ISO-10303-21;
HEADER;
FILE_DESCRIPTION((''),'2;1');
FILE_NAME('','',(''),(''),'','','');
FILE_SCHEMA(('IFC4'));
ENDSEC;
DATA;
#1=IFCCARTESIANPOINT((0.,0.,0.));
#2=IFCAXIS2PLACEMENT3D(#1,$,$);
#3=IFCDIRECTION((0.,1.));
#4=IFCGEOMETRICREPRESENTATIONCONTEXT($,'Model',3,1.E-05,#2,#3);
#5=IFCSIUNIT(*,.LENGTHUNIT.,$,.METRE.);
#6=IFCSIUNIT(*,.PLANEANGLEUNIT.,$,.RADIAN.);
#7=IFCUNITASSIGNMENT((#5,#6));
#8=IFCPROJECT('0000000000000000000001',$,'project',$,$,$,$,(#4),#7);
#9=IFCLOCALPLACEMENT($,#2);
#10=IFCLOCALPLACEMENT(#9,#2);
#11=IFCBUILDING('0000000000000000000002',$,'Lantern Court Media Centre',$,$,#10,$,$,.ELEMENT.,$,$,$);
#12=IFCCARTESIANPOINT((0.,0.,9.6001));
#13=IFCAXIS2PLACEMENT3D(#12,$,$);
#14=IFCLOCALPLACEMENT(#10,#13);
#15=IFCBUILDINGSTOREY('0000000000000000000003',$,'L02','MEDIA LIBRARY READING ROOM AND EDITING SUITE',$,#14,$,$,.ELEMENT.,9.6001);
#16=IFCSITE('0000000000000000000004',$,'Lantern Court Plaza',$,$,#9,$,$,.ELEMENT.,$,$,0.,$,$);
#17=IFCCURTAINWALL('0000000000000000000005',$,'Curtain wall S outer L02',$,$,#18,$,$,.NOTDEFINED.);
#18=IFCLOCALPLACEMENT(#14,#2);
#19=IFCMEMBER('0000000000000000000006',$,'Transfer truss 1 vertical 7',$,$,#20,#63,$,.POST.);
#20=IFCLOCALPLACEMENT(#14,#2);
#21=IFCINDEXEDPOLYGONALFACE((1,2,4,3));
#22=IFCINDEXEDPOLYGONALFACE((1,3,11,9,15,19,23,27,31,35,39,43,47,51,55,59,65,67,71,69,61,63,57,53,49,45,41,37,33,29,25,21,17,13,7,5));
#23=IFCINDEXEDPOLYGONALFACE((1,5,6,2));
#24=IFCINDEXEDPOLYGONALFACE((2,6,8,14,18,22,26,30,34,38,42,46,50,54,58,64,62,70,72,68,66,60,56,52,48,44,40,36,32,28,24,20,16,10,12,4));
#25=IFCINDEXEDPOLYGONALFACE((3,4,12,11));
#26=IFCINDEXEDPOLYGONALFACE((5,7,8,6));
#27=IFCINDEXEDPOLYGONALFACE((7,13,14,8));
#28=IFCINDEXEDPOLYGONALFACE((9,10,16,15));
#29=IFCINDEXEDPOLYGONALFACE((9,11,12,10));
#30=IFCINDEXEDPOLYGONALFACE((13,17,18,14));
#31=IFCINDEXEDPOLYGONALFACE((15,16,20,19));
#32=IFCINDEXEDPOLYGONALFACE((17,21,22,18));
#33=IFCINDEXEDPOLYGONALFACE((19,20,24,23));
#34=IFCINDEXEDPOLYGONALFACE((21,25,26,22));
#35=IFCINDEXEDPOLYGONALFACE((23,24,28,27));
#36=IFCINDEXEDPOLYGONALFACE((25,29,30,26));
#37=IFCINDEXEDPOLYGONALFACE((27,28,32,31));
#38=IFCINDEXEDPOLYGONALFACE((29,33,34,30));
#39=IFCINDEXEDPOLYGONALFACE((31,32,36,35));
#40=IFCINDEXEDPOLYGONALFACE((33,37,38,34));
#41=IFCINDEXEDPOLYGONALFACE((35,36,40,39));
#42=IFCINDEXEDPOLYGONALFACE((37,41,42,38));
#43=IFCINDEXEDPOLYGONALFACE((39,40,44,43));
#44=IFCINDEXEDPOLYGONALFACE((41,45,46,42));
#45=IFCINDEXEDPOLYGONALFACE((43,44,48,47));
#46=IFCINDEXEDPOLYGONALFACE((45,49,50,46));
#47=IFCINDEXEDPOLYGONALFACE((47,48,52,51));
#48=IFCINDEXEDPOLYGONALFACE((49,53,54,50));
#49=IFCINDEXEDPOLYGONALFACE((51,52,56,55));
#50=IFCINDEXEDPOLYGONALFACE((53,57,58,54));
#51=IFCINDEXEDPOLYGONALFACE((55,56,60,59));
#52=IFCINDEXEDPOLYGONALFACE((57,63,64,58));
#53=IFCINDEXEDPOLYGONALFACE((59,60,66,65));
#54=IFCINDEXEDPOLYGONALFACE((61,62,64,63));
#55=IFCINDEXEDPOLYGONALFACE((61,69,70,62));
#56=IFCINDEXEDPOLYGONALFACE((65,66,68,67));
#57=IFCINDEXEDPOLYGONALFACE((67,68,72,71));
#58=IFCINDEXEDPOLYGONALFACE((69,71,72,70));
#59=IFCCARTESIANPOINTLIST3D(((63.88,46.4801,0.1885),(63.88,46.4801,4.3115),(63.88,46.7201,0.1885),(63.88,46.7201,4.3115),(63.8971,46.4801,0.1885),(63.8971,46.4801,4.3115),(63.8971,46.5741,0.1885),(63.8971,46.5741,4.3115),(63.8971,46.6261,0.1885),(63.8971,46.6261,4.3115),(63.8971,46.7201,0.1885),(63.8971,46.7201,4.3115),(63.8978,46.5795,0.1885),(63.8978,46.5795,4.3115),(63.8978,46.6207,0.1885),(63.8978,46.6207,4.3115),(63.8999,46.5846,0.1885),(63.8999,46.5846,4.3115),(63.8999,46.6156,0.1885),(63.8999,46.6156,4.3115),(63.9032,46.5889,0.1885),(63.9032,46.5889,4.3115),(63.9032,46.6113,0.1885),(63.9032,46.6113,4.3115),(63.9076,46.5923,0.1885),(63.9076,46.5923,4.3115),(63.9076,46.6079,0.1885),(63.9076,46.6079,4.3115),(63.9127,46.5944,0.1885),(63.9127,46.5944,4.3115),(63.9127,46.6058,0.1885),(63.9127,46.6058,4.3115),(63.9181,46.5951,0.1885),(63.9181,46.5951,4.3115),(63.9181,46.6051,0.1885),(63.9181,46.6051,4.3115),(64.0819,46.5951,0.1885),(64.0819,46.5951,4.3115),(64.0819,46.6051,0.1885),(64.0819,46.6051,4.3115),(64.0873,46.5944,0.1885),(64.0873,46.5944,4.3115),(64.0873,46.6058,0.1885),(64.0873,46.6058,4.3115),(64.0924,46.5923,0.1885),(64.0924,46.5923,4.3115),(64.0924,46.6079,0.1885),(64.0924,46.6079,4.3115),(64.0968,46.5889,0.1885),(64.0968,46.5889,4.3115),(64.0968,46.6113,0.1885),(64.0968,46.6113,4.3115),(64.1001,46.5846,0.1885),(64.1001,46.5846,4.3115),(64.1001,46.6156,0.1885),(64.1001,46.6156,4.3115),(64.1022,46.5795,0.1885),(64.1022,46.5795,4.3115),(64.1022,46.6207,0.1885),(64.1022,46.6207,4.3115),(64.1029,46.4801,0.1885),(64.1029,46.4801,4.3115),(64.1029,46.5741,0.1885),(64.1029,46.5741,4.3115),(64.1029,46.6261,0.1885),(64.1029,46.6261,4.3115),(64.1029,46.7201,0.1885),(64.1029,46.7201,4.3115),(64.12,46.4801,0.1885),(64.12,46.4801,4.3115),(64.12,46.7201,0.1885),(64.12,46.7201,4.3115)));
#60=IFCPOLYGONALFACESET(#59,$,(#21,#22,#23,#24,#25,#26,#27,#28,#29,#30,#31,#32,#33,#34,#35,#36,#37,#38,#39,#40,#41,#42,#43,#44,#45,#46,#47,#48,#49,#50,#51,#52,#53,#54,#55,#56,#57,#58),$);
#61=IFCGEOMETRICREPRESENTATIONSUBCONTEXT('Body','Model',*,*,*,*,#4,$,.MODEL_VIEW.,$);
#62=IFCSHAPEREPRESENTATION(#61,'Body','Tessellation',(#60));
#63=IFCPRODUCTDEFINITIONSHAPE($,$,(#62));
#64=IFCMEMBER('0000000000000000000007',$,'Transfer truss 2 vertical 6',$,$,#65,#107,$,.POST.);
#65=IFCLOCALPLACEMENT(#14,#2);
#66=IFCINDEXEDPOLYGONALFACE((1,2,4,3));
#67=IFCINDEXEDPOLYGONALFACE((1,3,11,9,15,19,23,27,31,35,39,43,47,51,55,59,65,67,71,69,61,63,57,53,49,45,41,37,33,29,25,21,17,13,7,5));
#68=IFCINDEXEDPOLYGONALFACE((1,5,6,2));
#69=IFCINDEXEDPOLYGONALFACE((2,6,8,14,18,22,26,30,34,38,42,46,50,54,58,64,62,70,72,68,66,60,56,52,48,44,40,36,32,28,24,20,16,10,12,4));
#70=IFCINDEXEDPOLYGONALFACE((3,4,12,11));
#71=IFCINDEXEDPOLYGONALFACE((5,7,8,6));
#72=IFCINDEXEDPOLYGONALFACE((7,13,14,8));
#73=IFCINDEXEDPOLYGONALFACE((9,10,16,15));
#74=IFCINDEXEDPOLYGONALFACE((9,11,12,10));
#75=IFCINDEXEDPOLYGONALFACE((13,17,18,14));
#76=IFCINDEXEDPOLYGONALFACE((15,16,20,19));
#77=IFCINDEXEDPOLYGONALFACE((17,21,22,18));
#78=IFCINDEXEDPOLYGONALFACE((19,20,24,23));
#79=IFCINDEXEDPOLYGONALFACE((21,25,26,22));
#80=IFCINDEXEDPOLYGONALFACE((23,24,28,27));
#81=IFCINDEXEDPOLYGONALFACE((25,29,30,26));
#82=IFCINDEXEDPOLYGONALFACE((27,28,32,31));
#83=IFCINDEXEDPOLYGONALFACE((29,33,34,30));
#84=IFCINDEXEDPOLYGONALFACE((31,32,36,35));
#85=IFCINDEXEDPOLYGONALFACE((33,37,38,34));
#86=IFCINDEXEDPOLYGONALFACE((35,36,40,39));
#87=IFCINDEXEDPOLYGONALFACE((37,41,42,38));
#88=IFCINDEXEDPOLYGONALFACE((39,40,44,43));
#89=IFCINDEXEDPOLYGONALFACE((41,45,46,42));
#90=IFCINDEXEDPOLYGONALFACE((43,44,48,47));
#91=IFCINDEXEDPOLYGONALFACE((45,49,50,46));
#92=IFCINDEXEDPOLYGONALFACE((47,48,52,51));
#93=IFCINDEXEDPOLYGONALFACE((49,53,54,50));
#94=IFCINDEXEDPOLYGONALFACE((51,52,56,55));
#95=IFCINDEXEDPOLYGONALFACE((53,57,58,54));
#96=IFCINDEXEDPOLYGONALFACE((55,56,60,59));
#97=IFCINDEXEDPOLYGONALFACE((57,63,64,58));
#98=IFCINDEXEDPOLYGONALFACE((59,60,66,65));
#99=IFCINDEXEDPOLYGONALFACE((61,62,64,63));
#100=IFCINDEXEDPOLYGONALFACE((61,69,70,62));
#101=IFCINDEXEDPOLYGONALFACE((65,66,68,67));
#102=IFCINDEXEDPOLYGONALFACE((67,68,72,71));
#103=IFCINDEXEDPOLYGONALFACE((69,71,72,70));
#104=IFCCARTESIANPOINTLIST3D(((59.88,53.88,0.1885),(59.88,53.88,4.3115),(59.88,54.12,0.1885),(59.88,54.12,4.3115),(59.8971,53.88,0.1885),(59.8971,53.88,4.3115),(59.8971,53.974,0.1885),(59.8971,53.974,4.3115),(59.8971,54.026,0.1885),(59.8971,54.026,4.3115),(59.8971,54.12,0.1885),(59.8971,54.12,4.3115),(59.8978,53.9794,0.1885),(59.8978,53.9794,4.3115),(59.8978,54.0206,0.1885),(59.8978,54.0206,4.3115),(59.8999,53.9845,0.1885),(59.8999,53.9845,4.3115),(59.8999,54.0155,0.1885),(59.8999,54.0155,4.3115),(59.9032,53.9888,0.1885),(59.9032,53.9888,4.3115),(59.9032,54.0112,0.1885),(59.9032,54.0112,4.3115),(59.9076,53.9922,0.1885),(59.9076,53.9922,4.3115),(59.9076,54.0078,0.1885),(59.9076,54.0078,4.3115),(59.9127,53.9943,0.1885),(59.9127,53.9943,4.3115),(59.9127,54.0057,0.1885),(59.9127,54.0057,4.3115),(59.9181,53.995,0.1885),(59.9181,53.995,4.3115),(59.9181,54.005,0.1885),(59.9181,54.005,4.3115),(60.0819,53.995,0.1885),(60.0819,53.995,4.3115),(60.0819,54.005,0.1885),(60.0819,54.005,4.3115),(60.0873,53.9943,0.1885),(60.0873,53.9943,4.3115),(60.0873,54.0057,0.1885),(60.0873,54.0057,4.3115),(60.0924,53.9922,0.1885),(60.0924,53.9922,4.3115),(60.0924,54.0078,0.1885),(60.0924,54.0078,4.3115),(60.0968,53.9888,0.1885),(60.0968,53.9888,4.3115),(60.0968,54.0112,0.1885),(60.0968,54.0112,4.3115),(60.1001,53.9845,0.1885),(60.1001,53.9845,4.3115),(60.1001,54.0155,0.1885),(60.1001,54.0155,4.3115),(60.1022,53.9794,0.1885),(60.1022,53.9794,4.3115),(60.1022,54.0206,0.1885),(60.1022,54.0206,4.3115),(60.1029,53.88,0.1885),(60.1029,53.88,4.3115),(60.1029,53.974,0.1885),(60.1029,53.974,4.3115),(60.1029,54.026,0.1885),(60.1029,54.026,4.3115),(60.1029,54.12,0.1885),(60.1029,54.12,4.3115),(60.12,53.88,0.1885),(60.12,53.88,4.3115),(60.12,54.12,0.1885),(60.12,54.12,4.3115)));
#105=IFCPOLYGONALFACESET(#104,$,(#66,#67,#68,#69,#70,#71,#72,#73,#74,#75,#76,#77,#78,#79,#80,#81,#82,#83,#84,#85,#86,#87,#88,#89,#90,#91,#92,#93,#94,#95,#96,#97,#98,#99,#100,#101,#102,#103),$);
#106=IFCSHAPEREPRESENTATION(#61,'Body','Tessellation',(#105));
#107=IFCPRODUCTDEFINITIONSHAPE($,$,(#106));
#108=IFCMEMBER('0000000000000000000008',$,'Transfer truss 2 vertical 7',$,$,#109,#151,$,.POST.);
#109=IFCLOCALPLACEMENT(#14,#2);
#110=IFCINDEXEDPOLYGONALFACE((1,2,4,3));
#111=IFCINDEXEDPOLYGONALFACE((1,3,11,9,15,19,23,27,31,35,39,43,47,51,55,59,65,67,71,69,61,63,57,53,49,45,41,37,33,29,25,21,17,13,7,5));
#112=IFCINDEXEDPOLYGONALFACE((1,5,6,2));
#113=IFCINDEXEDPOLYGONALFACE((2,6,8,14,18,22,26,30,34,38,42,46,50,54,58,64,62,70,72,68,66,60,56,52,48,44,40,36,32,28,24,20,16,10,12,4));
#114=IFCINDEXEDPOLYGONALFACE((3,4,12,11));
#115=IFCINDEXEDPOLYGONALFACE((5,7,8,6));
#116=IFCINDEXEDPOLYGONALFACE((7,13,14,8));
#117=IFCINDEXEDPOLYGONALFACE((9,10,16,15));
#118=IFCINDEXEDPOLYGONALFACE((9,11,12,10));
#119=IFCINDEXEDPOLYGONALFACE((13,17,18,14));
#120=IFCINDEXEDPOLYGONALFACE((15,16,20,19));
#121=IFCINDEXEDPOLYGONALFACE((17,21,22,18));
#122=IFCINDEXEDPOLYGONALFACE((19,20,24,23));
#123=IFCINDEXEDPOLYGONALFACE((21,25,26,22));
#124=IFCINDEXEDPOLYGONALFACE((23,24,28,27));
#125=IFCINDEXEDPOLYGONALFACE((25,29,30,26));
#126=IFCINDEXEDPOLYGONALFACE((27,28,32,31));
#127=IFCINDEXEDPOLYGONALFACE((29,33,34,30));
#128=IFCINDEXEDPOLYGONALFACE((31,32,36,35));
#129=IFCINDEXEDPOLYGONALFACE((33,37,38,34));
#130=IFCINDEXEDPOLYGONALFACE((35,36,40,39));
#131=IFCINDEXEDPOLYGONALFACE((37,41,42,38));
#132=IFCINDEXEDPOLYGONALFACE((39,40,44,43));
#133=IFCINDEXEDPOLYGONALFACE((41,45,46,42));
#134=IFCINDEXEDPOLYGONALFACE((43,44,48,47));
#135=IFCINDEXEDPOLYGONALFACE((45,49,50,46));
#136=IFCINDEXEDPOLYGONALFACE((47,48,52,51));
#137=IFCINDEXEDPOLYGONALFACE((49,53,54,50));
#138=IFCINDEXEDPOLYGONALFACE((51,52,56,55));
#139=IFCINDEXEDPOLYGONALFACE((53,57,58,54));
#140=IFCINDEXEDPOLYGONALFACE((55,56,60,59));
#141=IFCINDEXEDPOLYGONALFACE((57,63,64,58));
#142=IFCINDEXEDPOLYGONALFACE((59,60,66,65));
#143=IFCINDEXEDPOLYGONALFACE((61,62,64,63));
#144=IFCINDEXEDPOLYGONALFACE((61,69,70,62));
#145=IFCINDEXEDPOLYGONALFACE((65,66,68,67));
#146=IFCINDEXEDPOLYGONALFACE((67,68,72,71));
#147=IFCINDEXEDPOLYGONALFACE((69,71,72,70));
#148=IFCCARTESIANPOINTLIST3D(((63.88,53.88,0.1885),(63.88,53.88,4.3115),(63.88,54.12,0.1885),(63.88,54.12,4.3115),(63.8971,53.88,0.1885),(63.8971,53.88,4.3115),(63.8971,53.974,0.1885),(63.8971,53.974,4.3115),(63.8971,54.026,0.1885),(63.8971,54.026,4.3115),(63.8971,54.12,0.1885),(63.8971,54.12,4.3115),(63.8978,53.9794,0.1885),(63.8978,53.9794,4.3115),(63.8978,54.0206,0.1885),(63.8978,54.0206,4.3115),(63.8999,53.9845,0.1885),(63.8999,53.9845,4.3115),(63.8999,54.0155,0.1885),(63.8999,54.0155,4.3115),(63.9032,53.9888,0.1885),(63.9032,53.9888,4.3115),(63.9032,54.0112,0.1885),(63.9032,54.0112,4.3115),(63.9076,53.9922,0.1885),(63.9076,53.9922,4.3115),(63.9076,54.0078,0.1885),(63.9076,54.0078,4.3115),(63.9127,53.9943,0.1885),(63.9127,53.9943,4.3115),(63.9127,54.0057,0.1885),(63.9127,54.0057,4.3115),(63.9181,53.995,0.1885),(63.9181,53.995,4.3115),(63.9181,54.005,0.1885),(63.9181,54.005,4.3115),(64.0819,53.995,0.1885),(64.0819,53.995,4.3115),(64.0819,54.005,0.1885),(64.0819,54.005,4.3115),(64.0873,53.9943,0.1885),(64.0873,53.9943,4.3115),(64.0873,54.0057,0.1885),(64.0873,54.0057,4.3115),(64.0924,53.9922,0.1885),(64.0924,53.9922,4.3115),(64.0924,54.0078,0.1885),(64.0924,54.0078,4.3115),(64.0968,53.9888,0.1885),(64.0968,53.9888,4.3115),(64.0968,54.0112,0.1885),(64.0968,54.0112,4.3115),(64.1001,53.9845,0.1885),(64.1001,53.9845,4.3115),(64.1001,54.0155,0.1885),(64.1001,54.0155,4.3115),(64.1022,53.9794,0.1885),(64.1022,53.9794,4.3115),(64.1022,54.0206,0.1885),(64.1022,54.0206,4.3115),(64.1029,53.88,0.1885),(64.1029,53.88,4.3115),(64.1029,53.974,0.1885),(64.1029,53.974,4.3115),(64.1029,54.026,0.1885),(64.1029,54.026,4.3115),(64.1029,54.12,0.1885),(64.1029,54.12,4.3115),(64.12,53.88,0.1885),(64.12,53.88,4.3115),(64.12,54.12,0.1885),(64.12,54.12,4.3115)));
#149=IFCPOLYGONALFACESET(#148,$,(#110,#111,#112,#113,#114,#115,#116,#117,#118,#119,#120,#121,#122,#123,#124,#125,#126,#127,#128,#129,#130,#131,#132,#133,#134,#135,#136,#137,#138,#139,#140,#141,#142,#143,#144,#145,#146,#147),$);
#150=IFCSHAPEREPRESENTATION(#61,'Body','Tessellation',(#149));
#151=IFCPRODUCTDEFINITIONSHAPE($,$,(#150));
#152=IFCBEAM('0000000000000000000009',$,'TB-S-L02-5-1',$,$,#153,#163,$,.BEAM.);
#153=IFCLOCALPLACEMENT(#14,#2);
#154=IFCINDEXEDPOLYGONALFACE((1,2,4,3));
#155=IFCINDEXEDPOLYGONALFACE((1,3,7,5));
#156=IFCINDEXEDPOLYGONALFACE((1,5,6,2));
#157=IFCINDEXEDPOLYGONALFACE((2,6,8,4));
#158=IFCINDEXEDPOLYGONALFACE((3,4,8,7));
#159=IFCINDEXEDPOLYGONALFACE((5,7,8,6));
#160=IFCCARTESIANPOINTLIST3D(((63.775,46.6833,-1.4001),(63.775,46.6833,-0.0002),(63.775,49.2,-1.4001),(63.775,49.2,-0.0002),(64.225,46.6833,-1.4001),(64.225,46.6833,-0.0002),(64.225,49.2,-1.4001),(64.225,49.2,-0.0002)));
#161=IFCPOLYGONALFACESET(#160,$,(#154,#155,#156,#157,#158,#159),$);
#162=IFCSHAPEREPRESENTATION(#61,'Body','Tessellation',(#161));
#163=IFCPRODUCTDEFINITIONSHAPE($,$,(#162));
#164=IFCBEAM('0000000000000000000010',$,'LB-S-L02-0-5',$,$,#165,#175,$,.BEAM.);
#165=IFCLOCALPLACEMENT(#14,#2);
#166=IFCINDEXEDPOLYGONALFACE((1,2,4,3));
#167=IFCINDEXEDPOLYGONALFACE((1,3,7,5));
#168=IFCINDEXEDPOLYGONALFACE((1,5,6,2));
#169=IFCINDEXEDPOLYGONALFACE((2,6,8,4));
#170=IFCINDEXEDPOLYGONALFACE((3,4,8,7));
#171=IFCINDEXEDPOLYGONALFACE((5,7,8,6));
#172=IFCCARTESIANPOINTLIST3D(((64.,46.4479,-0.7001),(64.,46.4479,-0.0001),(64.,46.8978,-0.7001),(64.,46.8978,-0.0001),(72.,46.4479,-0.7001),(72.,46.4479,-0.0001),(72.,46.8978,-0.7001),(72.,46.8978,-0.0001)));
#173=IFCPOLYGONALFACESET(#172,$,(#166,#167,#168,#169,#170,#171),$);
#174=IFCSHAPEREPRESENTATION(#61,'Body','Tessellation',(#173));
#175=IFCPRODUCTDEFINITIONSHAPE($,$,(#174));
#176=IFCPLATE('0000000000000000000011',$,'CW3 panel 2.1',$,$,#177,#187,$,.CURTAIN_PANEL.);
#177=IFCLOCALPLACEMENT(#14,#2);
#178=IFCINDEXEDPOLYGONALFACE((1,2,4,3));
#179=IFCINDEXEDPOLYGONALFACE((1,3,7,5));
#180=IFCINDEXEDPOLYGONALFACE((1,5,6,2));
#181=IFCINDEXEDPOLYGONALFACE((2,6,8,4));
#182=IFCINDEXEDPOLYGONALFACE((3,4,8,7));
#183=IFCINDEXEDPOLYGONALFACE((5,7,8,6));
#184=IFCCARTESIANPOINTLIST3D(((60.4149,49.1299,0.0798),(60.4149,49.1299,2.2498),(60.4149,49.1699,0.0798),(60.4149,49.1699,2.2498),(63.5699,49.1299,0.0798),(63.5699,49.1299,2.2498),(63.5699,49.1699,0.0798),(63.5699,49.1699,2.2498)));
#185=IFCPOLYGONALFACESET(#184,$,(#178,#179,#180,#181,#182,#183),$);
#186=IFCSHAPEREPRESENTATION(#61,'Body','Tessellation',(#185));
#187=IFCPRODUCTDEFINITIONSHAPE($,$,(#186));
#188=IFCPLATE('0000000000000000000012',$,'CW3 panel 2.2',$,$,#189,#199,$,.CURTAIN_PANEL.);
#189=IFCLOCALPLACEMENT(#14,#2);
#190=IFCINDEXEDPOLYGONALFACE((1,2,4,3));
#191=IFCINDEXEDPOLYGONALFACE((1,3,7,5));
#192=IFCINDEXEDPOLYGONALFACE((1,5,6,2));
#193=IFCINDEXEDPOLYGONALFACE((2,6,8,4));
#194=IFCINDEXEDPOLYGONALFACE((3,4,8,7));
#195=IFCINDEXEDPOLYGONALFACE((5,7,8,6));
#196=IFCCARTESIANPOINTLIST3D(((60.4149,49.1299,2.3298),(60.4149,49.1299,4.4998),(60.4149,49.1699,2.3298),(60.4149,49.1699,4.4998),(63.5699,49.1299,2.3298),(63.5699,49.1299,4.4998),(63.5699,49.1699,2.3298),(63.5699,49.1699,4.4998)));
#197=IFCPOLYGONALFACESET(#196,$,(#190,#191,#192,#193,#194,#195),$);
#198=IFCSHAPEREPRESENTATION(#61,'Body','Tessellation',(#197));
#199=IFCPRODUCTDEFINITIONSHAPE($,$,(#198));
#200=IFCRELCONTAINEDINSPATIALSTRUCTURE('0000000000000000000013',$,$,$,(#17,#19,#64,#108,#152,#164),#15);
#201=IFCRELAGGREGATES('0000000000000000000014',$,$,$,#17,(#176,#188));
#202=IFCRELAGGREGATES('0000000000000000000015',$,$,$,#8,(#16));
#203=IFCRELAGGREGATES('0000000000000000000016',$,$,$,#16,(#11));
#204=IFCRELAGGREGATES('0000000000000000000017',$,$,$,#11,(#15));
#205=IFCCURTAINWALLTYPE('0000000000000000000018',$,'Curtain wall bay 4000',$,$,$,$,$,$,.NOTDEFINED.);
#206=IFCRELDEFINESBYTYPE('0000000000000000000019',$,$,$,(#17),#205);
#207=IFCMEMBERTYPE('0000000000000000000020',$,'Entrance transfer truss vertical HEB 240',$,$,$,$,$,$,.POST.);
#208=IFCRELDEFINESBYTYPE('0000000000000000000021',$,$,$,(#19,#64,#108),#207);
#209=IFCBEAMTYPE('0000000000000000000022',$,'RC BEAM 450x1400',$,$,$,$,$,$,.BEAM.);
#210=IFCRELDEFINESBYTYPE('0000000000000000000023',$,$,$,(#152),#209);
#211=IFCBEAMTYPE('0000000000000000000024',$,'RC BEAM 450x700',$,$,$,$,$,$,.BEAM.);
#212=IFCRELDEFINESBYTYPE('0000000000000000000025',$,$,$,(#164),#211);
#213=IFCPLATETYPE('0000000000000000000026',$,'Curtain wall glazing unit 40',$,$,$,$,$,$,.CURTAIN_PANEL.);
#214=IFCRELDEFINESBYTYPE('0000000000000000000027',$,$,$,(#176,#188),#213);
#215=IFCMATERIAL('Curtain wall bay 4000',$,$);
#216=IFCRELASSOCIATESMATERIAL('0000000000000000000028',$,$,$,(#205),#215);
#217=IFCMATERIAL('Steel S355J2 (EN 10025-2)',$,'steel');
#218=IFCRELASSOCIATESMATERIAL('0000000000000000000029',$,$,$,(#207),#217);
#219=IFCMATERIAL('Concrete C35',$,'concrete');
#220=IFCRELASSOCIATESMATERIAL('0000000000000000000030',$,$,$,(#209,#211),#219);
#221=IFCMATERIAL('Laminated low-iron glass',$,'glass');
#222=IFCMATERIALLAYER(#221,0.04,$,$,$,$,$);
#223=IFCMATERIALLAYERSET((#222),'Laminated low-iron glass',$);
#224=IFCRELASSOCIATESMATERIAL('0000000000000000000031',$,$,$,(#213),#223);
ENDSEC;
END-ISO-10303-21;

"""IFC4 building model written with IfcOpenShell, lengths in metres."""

from ifc_helpers import new_model, si_unit, direction, frame, origin, origin_2d, place, context, subcontext, project, spatial, rectangle, i_section, extrude, material, layer, layer_set, material_profile, profile_set, type_object, element, aggregate, save


model = new_model("IFC4")

# Units and contexts
model_context = context("Model", 3, precision=1e-05, world=origin(), true_north=direction((0.0, 1.0)))
body_context = subcontext(model_context, "Body", "Model", "MODEL_VIEW")
ifc_project = project(units=[si_unit("LENGTHUNIT", "METRE"), si_unit("PLANEANGLEUNIT", "RADIAN")], contexts=[model_context])

# Site, building, storey
site_placement = place(None, origin())
site = spatial("IfcSite", under=ifc_project, at=site_placement, Name="Lantern Court Plaza", CompositionType="ELEMENT", RefElevation=0.0)
building_placement = place(site_placement, origin())
building = spatial("IfcBuilding", under=site, at=building_placement, Name="Lantern Court Media Centre", CompositionType="ELEMENT")
storey_placement = place(building_placement, frame((0.0, 0.0, 9.6001)))
storey = spatial("IfcBuildingStorey", under=building, at=storey_placement, Name="L02", Description="MEDIA LIBRARY READING ROOM AND EDITING SUITE", CompositionType="ELEMENT", Elevation=9.6001)

# Shared definitions
ifc_material_1 = material(Name="Concrete C35", Category="concrete")

# Curtain wall
ifc_material_2 = material(Name="Curtain wall bay 4000")
curtain_wall_type_1 = type_object("IfcCurtainWallType", Name="Curtain wall bay 4000", PredefinedType="NOTDEFINED", material=ifc_material_2)
curtain_wall_1_placement = place(storey_placement, origin())
curtain_wall_1 = element("IfcCurtainWall", 1, at=curtain_wall_1_placement, inside=storey, type_object=curtain_wall_type_1, Name="Curtain wall S outer L02", PredefinedType="NOTDEFINED")

# Members
ifc_material_3 = material(Name="Steel S355J2 (EN 10025-2)", Category="steel")
ifc_material_profile_1 = material_profile(ifc_material_3, i_section(OverallWidth=0.24, OverallDepth=0.24, WebThickness=0.01, FlangeThickness=0.0171, FilletRadius=0.021, at=origin_2d()), Name="HEB 240")
ifc_profile_set_1 = profile_set([ifc_material_profile_1], Name="Steel S355J2 (EN 10025-2)")
member_type_1 = type_object("IfcMemberType", Name="Entrance transfer truss vertical HEB 240", PredefinedType="POST", material=ifc_profile_set_1)
for number, where, z_axis, x_axis, name in (
    (2, (64.0, 46.6001, 0.1885), (0.0, 0.0, 1.0), (0.0, 1.0, 0.0), "Transfer truss 1 vertical 7"),
    (3, (60.0, 54.0, 0.1885), (0.0, 0.0, 1.0), (0.0, 1.0, 0.0), "Transfer truss 2 vertical 6"),
    (4, (64.0, 54.0, 0.1885), (0.0, 0.0, 1.0), (0.0, 1.0, 0.0), "Transfer truss 2 vertical 7"),
):
    element("IfcMember", number, at=place(storey_placement, frame(where, z_axis=z_axis, x_axis=x_axis)), inside=storey, type_object=member_type_1, Name=name, PredefinedType="POST", context=body_context, shape_type="SweptSolid", body=[
        extrude(i_section(OverallWidth=0.24, OverallDepth=0.24, WebThickness=0.01, FlangeThickness=0.0171, FilletRadius=0.021, at=origin_2d()), origin(), (0.0, 0.0, 1.0), 4.123),
    ])

# Beams
ifc_material_profile_2 = material_profile(ifc_material_1, rectangle(XDim=0.45, YDim=1.3999, at=origin_2d()), Name="RC 450x1400")
ifc_profile_set_2 = profile_set([ifc_material_profile_2], Name="Concrete C35")
beam_type_1 = type_object("IfcBeamType", Name="RC BEAM 450x1400", PredefinedType="BEAM", material=ifc_profile_set_2)
beam_1_placement = place(storey_placement, frame((64.0, 46.6833, -0.7002), z_axis=(0.0, 1.0, 0.0), x_axis=(-1.0, 0.0, 0.0)))
element("IfcBeam", 5, at=beam_1_placement, inside=storey, type_object=beam_type_1, Name="TB-S-L02-5-1", PredefinedType="BEAM", context=body_context, shape_type="SweptSolid", body=[
    extrude(rectangle(XDim=0.45, YDim=1.3999, at=origin_2d()), origin(), (0.0, 0.0, 1.0), 2.5166),
])
ifc_material_profile_3 = material_profile(ifc_material_1, rectangle(XDim=0.45, YDim=0.7, at=origin_2d()), Name="RC 450x700")
ifc_profile_set_3 = profile_set([ifc_material_profile_3], Name="Concrete C35")
beam_type_2 = type_object("IfcBeamType", Name="RC BEAM 450x700", PredefinedType="BEAM", material=ifc_profile_set_3)
beam_2_placement = place(storey_placement, frame((64.0, 46.6729, -0.3501), z_axis=(1.0, 0.0, 0.0), x_axis=(0.0, 1.0, 0.0)))
element("IfcBeam", 6, at=beam_2_placement, inside=storey, type_object=beam_type_2, Name="LB-S-L02-0-5", PredefinedType="BEAM", context=body_context, shape_type="SweptSolid", body=[
    extrude(rectangle(XDim=0.45, YDim=0.7, at=origin_2d()), origin(), (0.0, 0.0, 1.0), 8.0),
])

# Plates
ifc_material_4 = material(Name="Laminated low-iron glass", Category="glass")
ifc_layer_1 = layer(ifc_material_4, 0.04)
ifc_layer_set_1 = layer_set([ifc_layer_1], Name="Laminated low-iron glass")
plate_type = type_object("IfcPlateType", Name="Curtain wall glazing unit 40", PredefinedType="CURTAIN_PANEL", material=ifc_layer_set_1)
plate_1_placement = place(storey_placement, frame((61.9924, 49.1499, 0.0798), z_axis=(0.0, 0.0, 1.0), x_axis=(1.0, 0.0, 0.0)))
plate_1 = element("IfcPlate", 7, at=plate_1_placement, type_object=plate_type, Name="CW3 panel 2.1", PredefinedType="CURTAIN_PANEL", context=body_context, shape_type="SweptSolid", body=[
    extrude(rectangle(XDim=3.155, YDim=0.04, at=origin_2d()), origin(), (0.0, 0.0, 1.0), 2.1699),
])
plate_2_placement = place(storey_placement, frame((61.9924, 49.1499, 2.3298), z_axis=(0.0, 0.0, 1.0), x_axis=(1.0, 0.0, 0.0)))
plate_2 = element("IfcPlate", 8, at=plate_2_placement, type_object=plate_type, Name="CW3 panel 2.2", PredefinedType="CURTAIN_PANEL", context=body_context, shape_type="SweptSolid", body=[
    extrude(rectangle(XDim=3.155, YDim=0.04, at=origin_2d()), origin(), (0.0, 0.0, 1.0), 2.1699),
])
aggregate(curtain_wall_1, [plate_1, plate_2])

save(model, "model.ifc")
